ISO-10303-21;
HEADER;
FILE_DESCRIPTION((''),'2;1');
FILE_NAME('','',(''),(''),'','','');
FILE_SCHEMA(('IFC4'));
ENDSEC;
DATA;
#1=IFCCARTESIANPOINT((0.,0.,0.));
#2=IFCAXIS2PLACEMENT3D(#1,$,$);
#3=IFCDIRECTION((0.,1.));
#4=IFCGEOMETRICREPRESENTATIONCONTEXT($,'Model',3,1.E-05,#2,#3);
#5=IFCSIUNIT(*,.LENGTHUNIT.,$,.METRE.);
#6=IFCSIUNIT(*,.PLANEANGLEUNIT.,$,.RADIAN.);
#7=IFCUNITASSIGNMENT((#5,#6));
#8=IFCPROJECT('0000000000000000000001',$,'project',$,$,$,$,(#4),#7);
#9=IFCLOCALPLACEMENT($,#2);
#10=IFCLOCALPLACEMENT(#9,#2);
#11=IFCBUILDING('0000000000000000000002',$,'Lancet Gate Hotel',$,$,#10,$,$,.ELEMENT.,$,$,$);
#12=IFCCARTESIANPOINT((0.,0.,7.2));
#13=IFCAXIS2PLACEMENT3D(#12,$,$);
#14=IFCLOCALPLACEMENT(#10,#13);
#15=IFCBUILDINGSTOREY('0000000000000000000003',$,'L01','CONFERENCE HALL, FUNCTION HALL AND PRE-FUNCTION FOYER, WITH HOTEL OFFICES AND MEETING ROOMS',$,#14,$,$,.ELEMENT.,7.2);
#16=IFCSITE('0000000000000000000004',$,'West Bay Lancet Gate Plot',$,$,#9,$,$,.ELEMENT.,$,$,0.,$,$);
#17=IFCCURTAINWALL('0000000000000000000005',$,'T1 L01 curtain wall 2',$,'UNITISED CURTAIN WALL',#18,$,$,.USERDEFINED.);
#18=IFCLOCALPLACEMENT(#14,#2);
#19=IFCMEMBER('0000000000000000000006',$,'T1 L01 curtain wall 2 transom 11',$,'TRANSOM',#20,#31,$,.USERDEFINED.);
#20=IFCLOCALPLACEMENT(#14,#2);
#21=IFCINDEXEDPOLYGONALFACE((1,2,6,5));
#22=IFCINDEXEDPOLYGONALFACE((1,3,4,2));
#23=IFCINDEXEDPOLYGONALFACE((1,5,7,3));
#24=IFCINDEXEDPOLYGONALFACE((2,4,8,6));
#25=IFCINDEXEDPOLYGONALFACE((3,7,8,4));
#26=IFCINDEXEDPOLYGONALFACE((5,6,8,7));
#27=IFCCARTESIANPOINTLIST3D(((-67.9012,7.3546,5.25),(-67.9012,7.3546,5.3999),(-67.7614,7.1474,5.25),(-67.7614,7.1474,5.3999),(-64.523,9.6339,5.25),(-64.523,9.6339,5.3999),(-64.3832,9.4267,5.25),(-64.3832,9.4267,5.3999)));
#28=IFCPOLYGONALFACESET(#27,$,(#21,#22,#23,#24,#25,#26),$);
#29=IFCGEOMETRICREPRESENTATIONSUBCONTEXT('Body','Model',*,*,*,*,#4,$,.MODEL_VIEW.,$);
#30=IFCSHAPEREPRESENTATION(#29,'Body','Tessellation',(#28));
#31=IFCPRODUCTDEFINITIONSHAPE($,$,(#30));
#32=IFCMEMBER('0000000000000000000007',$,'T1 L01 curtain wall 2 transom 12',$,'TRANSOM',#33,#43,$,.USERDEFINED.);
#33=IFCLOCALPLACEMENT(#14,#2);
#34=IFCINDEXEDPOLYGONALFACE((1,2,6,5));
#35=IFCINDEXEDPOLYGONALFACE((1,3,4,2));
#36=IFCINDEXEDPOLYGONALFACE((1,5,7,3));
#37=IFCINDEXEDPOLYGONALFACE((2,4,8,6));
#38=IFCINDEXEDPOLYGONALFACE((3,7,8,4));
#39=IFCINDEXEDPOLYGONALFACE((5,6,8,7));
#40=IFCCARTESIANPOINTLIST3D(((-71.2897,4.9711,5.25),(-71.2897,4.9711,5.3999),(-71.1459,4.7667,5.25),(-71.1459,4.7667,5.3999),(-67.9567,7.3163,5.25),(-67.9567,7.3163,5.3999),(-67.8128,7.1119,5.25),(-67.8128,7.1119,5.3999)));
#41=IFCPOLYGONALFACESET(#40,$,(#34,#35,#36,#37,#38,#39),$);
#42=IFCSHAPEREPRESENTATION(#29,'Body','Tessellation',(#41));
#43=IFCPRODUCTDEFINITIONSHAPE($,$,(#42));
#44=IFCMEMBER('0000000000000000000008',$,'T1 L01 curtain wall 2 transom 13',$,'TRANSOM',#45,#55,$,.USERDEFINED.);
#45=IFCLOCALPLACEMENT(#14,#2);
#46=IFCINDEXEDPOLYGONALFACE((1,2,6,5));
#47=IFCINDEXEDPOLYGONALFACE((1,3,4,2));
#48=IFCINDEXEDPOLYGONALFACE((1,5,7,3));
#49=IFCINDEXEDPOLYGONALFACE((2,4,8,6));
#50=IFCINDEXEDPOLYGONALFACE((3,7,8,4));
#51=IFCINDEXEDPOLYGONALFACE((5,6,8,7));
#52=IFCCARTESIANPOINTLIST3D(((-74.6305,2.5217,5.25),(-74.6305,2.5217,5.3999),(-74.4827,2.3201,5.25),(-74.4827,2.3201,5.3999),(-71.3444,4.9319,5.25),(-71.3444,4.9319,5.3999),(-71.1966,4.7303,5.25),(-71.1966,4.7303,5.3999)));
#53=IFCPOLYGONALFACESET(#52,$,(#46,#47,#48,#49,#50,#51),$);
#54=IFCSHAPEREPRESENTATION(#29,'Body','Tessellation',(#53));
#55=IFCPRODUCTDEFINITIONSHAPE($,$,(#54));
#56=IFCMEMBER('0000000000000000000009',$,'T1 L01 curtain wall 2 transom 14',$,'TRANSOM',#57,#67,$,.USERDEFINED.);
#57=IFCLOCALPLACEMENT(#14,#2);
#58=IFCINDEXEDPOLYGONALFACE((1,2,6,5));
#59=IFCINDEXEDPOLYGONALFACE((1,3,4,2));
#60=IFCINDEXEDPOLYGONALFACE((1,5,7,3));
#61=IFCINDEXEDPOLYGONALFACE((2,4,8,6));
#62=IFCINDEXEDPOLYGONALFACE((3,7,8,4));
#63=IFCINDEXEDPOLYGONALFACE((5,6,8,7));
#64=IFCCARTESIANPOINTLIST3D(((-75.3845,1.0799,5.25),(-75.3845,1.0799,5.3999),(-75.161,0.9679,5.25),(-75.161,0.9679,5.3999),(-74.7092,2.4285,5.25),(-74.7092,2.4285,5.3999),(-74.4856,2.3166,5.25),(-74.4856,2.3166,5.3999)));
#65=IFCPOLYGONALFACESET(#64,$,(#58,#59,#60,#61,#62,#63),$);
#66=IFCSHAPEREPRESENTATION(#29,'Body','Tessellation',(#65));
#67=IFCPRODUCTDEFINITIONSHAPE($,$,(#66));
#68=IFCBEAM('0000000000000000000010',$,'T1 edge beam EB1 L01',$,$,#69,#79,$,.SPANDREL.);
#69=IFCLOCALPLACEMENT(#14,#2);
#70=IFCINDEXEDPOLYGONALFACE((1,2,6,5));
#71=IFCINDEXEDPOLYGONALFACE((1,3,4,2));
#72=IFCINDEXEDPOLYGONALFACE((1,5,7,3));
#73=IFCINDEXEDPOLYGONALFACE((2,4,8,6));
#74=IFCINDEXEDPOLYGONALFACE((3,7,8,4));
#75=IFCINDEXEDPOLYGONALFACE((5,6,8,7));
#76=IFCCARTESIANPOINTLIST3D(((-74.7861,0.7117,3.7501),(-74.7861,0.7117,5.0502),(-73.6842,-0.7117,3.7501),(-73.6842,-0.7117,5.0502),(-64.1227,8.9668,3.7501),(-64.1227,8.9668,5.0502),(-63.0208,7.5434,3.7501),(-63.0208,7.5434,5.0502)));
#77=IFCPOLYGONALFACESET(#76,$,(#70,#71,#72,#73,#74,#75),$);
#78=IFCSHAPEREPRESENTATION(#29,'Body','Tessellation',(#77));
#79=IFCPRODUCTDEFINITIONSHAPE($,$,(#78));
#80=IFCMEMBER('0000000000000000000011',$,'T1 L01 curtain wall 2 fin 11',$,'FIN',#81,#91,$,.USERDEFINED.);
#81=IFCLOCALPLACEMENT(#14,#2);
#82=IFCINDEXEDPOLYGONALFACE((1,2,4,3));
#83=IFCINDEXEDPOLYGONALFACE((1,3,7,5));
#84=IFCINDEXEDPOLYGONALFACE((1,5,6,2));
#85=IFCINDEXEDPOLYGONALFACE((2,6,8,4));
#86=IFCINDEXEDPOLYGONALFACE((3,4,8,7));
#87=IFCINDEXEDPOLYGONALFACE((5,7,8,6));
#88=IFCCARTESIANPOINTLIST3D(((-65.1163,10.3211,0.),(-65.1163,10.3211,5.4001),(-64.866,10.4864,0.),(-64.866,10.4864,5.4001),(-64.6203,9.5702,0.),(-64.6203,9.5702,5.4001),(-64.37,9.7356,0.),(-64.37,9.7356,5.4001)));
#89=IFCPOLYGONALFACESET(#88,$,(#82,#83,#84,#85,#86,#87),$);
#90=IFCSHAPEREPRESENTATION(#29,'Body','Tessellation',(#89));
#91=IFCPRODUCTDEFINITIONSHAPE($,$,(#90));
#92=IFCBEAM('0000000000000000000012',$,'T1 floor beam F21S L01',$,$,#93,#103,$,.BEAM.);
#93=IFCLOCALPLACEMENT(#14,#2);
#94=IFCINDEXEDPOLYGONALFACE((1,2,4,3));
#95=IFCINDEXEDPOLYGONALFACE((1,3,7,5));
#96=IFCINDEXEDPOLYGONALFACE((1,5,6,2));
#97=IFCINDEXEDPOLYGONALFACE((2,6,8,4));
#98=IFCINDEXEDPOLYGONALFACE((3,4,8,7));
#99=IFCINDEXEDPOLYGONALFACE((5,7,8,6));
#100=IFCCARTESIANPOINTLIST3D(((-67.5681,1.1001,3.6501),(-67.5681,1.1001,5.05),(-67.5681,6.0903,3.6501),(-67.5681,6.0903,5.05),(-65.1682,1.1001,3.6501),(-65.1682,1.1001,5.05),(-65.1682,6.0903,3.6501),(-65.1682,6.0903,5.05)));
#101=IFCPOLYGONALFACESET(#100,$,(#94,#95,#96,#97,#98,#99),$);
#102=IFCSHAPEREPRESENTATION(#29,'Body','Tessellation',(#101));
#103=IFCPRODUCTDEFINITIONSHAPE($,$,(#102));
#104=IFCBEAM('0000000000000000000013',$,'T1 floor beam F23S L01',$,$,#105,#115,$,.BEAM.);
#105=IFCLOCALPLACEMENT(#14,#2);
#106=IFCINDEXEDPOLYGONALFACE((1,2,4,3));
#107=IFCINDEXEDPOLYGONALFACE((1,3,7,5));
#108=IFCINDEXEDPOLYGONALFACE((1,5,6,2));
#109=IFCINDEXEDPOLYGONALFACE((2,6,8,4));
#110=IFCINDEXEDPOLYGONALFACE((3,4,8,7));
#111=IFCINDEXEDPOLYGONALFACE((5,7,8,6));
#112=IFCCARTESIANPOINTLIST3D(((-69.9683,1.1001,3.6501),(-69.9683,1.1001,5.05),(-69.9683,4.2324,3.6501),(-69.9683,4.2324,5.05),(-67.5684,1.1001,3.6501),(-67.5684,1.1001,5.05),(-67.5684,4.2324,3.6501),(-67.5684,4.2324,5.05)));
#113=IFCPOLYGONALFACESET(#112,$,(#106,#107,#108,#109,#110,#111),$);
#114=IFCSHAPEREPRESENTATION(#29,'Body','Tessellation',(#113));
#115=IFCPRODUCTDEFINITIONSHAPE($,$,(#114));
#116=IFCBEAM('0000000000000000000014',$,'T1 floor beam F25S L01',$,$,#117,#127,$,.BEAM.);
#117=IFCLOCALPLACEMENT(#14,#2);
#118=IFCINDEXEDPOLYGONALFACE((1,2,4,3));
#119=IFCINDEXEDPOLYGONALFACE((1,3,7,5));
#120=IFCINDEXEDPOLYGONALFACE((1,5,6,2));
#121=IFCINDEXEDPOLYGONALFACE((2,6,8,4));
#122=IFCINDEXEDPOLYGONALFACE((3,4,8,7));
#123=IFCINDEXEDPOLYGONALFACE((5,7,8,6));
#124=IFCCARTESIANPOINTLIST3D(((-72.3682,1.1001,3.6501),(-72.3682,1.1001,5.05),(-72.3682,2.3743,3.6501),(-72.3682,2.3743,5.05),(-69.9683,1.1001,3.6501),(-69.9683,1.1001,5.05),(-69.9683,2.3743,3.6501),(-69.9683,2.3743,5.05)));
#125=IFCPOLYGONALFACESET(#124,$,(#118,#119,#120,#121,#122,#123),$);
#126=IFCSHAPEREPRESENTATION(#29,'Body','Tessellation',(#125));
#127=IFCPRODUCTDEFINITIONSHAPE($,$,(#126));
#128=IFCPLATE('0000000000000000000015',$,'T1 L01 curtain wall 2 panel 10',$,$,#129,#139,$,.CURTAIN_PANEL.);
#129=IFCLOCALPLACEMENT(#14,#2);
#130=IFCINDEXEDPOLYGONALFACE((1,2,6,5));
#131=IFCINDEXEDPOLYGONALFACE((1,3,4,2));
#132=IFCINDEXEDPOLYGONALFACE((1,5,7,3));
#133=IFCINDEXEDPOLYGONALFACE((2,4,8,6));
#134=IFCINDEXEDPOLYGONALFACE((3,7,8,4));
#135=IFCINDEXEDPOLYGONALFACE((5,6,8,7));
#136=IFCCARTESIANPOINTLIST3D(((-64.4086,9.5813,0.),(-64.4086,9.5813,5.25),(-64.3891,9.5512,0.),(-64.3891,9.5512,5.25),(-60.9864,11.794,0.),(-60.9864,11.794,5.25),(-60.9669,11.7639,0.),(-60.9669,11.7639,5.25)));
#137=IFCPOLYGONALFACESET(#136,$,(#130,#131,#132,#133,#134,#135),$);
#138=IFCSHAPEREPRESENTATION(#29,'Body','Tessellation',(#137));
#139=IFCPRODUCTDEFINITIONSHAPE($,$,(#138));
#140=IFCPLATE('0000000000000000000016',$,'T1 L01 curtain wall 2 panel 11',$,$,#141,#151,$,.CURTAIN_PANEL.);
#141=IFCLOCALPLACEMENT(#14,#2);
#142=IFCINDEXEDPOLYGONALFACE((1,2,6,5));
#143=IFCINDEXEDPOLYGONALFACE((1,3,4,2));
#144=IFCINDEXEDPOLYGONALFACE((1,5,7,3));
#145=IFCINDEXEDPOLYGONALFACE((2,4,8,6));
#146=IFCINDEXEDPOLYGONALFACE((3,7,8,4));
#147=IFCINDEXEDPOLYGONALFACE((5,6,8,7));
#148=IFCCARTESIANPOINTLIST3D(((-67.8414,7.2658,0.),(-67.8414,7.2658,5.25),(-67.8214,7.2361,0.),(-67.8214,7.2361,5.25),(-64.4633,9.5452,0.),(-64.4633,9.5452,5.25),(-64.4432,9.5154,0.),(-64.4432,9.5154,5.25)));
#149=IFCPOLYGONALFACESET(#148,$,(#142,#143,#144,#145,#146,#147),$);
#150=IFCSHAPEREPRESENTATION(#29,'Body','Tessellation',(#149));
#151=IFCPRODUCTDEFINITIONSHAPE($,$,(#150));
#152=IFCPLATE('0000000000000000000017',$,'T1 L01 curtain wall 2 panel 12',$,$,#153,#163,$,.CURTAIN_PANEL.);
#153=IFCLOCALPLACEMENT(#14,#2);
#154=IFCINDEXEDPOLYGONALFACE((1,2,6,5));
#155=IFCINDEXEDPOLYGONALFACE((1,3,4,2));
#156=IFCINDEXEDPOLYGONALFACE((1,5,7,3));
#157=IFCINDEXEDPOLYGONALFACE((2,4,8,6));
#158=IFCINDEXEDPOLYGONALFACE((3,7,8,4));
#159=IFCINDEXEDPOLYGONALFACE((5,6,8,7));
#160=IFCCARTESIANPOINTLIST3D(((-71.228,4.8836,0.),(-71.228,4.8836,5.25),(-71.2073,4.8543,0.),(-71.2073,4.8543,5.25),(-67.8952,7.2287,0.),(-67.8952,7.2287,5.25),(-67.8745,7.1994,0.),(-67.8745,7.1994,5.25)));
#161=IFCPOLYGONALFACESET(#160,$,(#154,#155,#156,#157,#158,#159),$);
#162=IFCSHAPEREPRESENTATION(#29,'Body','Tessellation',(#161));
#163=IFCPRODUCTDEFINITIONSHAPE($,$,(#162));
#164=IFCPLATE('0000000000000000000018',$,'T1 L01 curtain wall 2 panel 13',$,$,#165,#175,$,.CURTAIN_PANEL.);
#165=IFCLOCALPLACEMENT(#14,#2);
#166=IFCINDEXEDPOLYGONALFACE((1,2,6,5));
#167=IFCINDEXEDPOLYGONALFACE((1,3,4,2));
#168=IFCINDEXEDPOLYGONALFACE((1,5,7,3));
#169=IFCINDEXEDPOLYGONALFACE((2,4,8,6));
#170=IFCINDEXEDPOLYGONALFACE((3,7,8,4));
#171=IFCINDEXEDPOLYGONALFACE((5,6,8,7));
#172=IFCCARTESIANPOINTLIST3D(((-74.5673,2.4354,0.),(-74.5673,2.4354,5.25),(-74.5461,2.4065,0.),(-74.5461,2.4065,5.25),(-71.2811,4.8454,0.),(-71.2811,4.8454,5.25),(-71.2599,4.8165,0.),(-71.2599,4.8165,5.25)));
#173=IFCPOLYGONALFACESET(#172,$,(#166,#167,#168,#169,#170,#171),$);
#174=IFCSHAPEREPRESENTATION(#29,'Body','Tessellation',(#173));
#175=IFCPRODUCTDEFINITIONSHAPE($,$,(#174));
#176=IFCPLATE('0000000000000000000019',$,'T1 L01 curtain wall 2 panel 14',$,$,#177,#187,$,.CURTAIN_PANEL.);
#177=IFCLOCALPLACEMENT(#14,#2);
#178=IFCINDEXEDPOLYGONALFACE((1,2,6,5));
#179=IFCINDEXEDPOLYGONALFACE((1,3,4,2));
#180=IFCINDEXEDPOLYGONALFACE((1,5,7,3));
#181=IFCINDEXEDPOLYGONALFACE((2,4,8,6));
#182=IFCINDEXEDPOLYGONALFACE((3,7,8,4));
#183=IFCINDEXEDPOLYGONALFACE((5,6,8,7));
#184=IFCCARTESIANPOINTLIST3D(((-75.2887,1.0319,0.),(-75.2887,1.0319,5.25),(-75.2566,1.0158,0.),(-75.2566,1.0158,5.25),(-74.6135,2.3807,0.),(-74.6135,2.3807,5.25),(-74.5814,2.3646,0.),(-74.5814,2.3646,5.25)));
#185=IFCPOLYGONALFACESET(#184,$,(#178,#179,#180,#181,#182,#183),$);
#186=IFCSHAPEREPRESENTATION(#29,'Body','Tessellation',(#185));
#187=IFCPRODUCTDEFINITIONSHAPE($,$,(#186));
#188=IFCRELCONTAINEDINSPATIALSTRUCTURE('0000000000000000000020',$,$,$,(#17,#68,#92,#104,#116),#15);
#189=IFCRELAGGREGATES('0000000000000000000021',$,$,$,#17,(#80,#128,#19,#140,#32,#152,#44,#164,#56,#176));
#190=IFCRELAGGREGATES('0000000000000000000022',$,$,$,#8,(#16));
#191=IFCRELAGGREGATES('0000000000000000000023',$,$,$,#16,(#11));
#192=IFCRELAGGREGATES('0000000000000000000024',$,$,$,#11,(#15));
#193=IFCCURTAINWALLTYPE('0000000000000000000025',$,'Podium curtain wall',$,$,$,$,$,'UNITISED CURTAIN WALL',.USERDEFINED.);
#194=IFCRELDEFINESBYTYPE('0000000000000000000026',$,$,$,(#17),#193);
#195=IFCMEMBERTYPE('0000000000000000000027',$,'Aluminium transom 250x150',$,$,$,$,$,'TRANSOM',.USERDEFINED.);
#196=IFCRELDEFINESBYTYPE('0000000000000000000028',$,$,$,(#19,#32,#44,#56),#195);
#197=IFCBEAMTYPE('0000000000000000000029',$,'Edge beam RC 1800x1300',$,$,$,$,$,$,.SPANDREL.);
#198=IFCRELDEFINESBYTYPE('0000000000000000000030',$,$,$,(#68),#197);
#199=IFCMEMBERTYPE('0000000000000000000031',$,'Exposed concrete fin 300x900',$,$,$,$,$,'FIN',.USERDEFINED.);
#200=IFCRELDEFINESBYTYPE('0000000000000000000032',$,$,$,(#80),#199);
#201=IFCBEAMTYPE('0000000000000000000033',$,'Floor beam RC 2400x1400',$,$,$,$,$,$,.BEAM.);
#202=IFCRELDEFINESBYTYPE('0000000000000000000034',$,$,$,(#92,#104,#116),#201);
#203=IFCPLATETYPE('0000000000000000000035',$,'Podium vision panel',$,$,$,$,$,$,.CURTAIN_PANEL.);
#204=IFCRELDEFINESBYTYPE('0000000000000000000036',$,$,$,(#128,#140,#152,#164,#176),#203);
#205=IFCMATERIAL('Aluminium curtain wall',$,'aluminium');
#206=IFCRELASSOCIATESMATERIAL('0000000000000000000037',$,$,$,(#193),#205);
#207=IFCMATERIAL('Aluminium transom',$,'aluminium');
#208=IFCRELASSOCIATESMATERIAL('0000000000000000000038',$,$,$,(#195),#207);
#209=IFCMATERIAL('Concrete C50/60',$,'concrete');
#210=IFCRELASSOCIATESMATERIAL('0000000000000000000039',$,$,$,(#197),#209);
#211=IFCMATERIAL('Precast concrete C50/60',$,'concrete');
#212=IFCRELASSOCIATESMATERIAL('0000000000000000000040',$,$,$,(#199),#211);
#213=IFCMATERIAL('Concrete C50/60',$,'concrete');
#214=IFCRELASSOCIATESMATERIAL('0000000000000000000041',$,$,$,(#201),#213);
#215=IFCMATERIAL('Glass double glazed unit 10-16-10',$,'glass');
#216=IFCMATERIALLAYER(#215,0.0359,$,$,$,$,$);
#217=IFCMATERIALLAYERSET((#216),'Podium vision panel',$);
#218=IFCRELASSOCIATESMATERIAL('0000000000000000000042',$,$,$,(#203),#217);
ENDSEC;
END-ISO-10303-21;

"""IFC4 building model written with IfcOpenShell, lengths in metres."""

from ifc_helpers import new_model, si_unit, direction, frame, origin, origin_2d, place, context, subcontext, project, spatial, rectangle, extrude, material, layer, layer_set, material_profile, profile_set, type_object, element, aggregate, save


model = new_model("IFC4")

# Units and contexts
model_context = context("Model", 3, precision=1e-05, world=origin(), true_north=direction((0.0, 1.0)))
body_context = subcontext(model_context, "Body", "Model", "MODEL_VIEW")
ifc_project = project(units=[si_unit("LENGTHUNIT", "METRE"), si_unit("PLANEANGLEUNIT", "RADIAN")], contexts=[model_context])

# Site, building, storey
site_placement = place(None, origin())
site = spatial("IfcSite", under=ifc_project, at=site_placement, Name="West Bay Lancet Gate Plot", CompositionType="ELEMENT", RefElevation=0.0)
building_placement = place(site_placement, origin())
building = spatial("IfcBuilding", under=site, at=building_placement, Name="Lancet Gate Hotel", CompositionType="ELEMENT")
storey_placement = place(building_placement, frame((0.0, 0.0, 7.2)))
storey = spatial("IfcBuildingStorey", under=building, at=storey_placement, Name="L01", Description="CONFERENCE HALL, FUNCTION HALL AND PRE-FUNCTION FOYER, WITH HOTEL OFFICES AND MEETING ROOMS", CompositionType="ELEMENT", Elevation=7.2)

# Curtain wall, members
ifc_material_1 = material(Name="Aluminium curtain wall", Category="aluminium")
curtain_wall_type = type_object("IfcCurtainWallType", Name="Podium curtain wall", ElementType="UNITISED CURTAIN WALL", PredefinedType="USERDEFINED", material=ifc_material_1)
curtain_wall_placement = place(storey_placement, origin())
curtain_wall = element("IfcCurtainWall", 1, at=curtain_wall_placement, inside=storey, type_object=curtain_wall_type, Name="T1 L01 curtain wall 2", ObjectType="UNITISED CURTAIN WALL", PredefinedType="USERDEFINED")
ifc_material_2 = material(Name="Aluminium transom", Category="aluminium")
ifc_material_profile_1 = material_profile(ifc_material_2, rectangle(XDim=0.25, YDim=0.1499, at=origin_2d()), Name="TRANSOM 250x150")
ifc_profile_set_1 = profile_set([ifc_material_profile_1], Name="Aluminium transom")
member_type_1 = type_object("IfcMemberType", Name="Aluminium transom 250x150", ElementType="TRANSOM", PredefinedType="USERDEFINED", material=ifc_profile_set_1)
member_1_placement = place(storey_placement, frame((-64.4531, 9.5303, 5.325), z_axis=(-0.828959, -0.559309, 0.0), x_axis=(0.559309, -0.828959, 0.0)))
member_1 = element("IfcMember", 2, at=member_1_placement, type_object=member_type_1, Name="T1 L01 curtain wall 2 transom 11", ObjectType="TRANSOM", PredefinedType="USERDEFINED", context=body_context, shape_type="SweptSolid", body=[
    extrude(rectangle(XDim=0.25, YDim=0.1499, at=origin_2d()), origin(), (0.0, 0.0, 1.0), 4.0752),
])
member_2_placement = place(storey_placement, frame((-67.8848, 7.2141, 5.325), z_axis=(-0.817834, -0.575455, 0.0), x_axis=(0.575455, -0.817834, 0.0)))
member_2 = element("IfcMember", 3, at=member_2_placement, type_object=member_type_1, Name="T1 L01 curtain wall 2 transom 12", ObjectType="TRANSOM", PredefinedType="USERDEFINED", context=body_context, shape_type="SweptSolid", body=[
    extrude(rectangle(XDim=0.25, YDim=0.1499, at=origin_2d()), origin(), (0.0, 0.0, 1.0), 4.0754),
])
member_3_placement = place(storey_placement, frame((-71.2705, 4.8311, 5.325), z_axis=(-0.806367, -0.591416, 0.0), x_axis=(0.591416, -0.806367, 0.0)))
member_3 = element("IfcMember", 4, at=member_3_placement, type_object=member_type_1, Name="T1 L01 curtain wall 2 transom 13", ObjectType="TRANSOM", PredefinedType="USERDEFINED", context=body_context, shape_type="SweptSolid", body=[
    extrude(rectangle(XDim=0.25, YDim=0.1499, at=origin_2d()), origin(), (0.0, 0.0, 1.0), 4.0752),
])
member_4_placement = place(storey_placement, frame((-74.5974, 2.3726, 5.325), z_axis=(-0.447732, -0.894168, 0.0), x_axis=(0.894168, -0.447732, 0.0)))
member_4 = element("IfcMember", 5, at=member_4_placement, type_object=member_type_1, Name="T1 L01 curtain wall 2 transom 14", ObjectType="TRANSOM", PredefinedType="USERDEFINED", context=body_context, shape_type="SweptSolid", body=[
    extrude(rectangle(XDim=0.25, YDim=0.1499, at=origin_2d()), origin(), (0.0, 0.0, 1.0), 1.5083),
])

# Beam
ifc_material_3 = material(Name="Concrete C50/60", Category="concrete")
ifc_material_profile_2 = material_profile(ifc_material_3, rectangle(XDim=1.8, YDim=1.3, at=origin_2d()), Name="RC 1800x1300")
ifc_profile_set_2 = profile_set([ifc_material_profile_2], Name="Concrete C50/60")
beam_type_1 = type_object("IfcBeamType", Name="Edge beam RC 1800x1300", PredefinedType="SPANDREL", material=ifc_profile_set_2)
beam_1_placement = place(storey_placement, frame((-63.5718, 8.2551, 4.4001), z_axis=(-0.790736, -0.612157, 0.0), x_axis=(0.612157, -0.790736, 0.0)))
element("IfcBeam", 6, at=beam_1_placement, inside=storey, type_object=beam_type_1, Name="T1 edge beam EB1 L01", PredefinedType="SPANDREL", context=body_context, shape_type="SweptSolid", body=[
    extrude(rectangle(XDim=1.8, YDim=1.3, at=origin_2d()), origin(), (0.0, 0.0, 1.0), 13.4854),
])

# Member
ifc_material_4 = material(Name="Precast concrete C50/60", Category="concrete")
ifc_material_profile_3 = material_profile(ifc_material_4, rectangle(XDim=0.3, YDim=0.8999, at=origin_2d()), Name="FIN 300x900")
ifc_profile_set_3 = profile_set([ifc_material_profile_3], Name="Precast concrete C50/60")
member_type_2 = type_object("IfcMemberType", Name="Exposed concrete fin 300x900", ElementType="FIN", PredefinedType="USERDEFINED", material=ifc_profile_set_3)
member_5_placement = place(storey_placement, frame((-64.7432, 10.0283, 0.0), z_axis=(0.0, 0.0, 1.0), x_axis=(-0.834387, -0.551178, 0.0)))
member_5 = element("IfcMember", 7, at=member_5_placement, type_object=member_type_2, Name="T1 L01 curtain wall 2 fin 11", ObjectType="FIN", PredefinedType="USERDEFINED", context=body_context, shape_type="SweptSolid", body=[
    extrude(rectangle(XDim=0.3, YDim=0.8999, at=origin_2d()), origin(), (0.0, 0.0, 1.0), 5.4001),
])

# Beams
ifc_material_5 = material(Name="Concrete C50/60", Category="concrete")
ifc_material_profile_4 = material_profile(ifc_material_5, rectangle(XDim=2.3999, YDim=1.3999, at=origin_2d()), Name="RC 2400x1400")
ifc_profile_set_4 = profile_set([ifc_material_profile_4], Name="Concrete C50/60")
beam_type_2 = type_object("IfcBeamType", Name="Floor beam RC 2400x1400", PredefinedType="BEAM", material=ifc_profile_set_4)
beam_2_placement = place(storey_placement, frame((-66.3682, 6.0903, 4.3501), z_axis=(0.0, -1.0, 0.0), x_axis=(1.0, 0.0, 0.0)))
element("IfcBeam", 8, at=beam_2_placement, inside=storey, type_object=beam_type_2, Name="T1 floor beam F21S L01", PredefinedType="BEAM", context=body_context, shape_type="SweptSolid", body=[
    extrude(rectangle(XDim=2.3999, YDim=1.3999, at=origin_2d()), origin(), (0.0, 0.0, 1.0), 4.9902),
])
beam_3_placement = place(storey_placement, frame((-68.7683, 4.2324, 4.3501), z_axis=(0.0, -1.0, 0.0), x_axis=(1.0, 0.0, 0.0)))
element("IfcBeam", 9, at=beam_3_placement, inside=storey, type_object=beam_type_2, Name="T1 floor beam F23S L01", PredefinedType="BEAM", context=body_context, shape_type="SweptSolid", body=[
    extrude(rectangle(XDim=2.3999, YDim=1.3999, at=origin_2d()), origin(), (0.0, 0.0, 1.0), 3.1323),
])
beam_4_placement = place(storey_placement, frame((-71.1682, 2.3743, 4.3501), z_axis=(0.0, -1.0, 0.0), x_axis=(1.0, 0.0, 0.0)))
element("IfcBeam", 10, at=beam_4_placement, inside=storey, type_object=beam_type_2, Name="T1 floor beam F25S L01", PredefinedType="BEAM", context=body_context, shape_type="SweptSolid", body=[
    extrude(rectangle(XDim=2.3999, YDim=1.3999, at=origin_2d()), origin(), (0.0, 0.0, 1.0), 1.2742),
])

# Plates
ifc_material_6 = material(Name="Glass double glazed unit 10-16-10", Category="glass")
ifc_layer = layer(ifc_material_6, 0.0359)
ifc_layer_set = layer_set([ifc_layer], Name="Podium vision panel")
plate_type = type_object("IfcPlateType", Name="Podium vision panel", PredefinedType="CURTAIN_PANEL", material=ifc_layer_set)
plate_1_placement = place(storey_placement, frame((-62.6877, 10.6726, 0.0), z_axis=(0.0, 0.0, 1.0), x_axis=(-0.839749, -0.542975, 0.0)))
plate_1 = element("IfcPlate", 11, at=plate_1_placement, type_object=plate_type, Name="T1 L01 curtain wall 2 panel 10", PredefinedType="CURTAIN_PANEL", context=body_context, shape_type="SweptSolid", body=[
    extrude(rectangle(XDim=4.0752, YDim=0.0359, at=origin_2d()), origin(), (0.0, 0.0, 1.0), 5.25),
])
plate_2_placement = place(storey_placement, frame((-66.1423, 8.3906, 0.0), z_axis=(0.0, 0.0, 1.0), x_axis=(-0.828946, -0.559329, 0.0)))
plate_2 = element("IfcPlate", 12, at=plate_2_placement, type_object=plate_type, Name="T1 L01 curtain wall 2 panel 11", PredefinedType="CURTAIN_PANEL", context=body_context, shape_type="SweptSolid", body=[
    extrude(rectangle(XDim=4.0752, YDim=0.0359, at=origin_2d()), origin(), (0.0, 0.0, 1.0), 5.25),
])
plate_3_placement = place(storey_placement, frame((-69.5513, 6.0415, 0.0), z_axis=(0.0, 0.0, 1.0), x_axis=(-0.817825, -0.575467, 0.0)))
plate_3 = element("IfcPlate", 13, at=plate_3_placement, type_object=plate_type, Name="T1 L01 curtain wall 2 panel 12", PredefinedType="CURTAIN_PANEL", context=body_context, shape_type="SweptSolid", body=[
    extrude(rectangle(XDim=4.0752, YDim=0.0359, at=origin_2d()), origin(), (0.0, 0.0, 1.0), 5.25),
])
plate_4_placement = place(storey_placement, frame((-72.9136, 3.626, 0.0), z_axis=(0.0, 0.0, 1.0), x_axis=(-0.80639, -0.591384, 0.0)))
plate_4 = element("IfcPlate", 14, at=plate_4_placement, type_object=plate_type, Name="T1 L01 curtain wall 2 panel 13", PredefinedType="CURTAIN_PANEL", context=body_context, shape_type="SweptSolid", body=[
    extrude(rectangle(XDim=4.0752, YDim=0.0359, at=origin_2d()), origin(), (0.0, 0.0, 1.0), 5.25),
])
plate_5_placement = place(storey_placement, frame((-74.9351, 1.6982, 0.0), z_axis=(0.0, 0.0, 1.0), x_axis=(-0.447628, -0.89422, 0.0)))
plate_5 = element("IfcPlate", 15, at=plate_5_placement, type_object=plate_type, Name="T1 L01 curtain wall 2 panel 14", PredefinedType="CURTAIN_PANEL", context=body_context, shape_type="SweptSolid", body=[
    extrude(rectangle(XDim=1.5083, YDim=0.0359, at=origin_2d()), origin(), (0.0, 0.0, 1.0), 5.25),
])
aggregate(curtain_wall, [member_5, plate_1, member_1, plate_2, member_2, plate_3, member_3, plate_4, member_4, plate_5])

save(model, "model.ifc")
